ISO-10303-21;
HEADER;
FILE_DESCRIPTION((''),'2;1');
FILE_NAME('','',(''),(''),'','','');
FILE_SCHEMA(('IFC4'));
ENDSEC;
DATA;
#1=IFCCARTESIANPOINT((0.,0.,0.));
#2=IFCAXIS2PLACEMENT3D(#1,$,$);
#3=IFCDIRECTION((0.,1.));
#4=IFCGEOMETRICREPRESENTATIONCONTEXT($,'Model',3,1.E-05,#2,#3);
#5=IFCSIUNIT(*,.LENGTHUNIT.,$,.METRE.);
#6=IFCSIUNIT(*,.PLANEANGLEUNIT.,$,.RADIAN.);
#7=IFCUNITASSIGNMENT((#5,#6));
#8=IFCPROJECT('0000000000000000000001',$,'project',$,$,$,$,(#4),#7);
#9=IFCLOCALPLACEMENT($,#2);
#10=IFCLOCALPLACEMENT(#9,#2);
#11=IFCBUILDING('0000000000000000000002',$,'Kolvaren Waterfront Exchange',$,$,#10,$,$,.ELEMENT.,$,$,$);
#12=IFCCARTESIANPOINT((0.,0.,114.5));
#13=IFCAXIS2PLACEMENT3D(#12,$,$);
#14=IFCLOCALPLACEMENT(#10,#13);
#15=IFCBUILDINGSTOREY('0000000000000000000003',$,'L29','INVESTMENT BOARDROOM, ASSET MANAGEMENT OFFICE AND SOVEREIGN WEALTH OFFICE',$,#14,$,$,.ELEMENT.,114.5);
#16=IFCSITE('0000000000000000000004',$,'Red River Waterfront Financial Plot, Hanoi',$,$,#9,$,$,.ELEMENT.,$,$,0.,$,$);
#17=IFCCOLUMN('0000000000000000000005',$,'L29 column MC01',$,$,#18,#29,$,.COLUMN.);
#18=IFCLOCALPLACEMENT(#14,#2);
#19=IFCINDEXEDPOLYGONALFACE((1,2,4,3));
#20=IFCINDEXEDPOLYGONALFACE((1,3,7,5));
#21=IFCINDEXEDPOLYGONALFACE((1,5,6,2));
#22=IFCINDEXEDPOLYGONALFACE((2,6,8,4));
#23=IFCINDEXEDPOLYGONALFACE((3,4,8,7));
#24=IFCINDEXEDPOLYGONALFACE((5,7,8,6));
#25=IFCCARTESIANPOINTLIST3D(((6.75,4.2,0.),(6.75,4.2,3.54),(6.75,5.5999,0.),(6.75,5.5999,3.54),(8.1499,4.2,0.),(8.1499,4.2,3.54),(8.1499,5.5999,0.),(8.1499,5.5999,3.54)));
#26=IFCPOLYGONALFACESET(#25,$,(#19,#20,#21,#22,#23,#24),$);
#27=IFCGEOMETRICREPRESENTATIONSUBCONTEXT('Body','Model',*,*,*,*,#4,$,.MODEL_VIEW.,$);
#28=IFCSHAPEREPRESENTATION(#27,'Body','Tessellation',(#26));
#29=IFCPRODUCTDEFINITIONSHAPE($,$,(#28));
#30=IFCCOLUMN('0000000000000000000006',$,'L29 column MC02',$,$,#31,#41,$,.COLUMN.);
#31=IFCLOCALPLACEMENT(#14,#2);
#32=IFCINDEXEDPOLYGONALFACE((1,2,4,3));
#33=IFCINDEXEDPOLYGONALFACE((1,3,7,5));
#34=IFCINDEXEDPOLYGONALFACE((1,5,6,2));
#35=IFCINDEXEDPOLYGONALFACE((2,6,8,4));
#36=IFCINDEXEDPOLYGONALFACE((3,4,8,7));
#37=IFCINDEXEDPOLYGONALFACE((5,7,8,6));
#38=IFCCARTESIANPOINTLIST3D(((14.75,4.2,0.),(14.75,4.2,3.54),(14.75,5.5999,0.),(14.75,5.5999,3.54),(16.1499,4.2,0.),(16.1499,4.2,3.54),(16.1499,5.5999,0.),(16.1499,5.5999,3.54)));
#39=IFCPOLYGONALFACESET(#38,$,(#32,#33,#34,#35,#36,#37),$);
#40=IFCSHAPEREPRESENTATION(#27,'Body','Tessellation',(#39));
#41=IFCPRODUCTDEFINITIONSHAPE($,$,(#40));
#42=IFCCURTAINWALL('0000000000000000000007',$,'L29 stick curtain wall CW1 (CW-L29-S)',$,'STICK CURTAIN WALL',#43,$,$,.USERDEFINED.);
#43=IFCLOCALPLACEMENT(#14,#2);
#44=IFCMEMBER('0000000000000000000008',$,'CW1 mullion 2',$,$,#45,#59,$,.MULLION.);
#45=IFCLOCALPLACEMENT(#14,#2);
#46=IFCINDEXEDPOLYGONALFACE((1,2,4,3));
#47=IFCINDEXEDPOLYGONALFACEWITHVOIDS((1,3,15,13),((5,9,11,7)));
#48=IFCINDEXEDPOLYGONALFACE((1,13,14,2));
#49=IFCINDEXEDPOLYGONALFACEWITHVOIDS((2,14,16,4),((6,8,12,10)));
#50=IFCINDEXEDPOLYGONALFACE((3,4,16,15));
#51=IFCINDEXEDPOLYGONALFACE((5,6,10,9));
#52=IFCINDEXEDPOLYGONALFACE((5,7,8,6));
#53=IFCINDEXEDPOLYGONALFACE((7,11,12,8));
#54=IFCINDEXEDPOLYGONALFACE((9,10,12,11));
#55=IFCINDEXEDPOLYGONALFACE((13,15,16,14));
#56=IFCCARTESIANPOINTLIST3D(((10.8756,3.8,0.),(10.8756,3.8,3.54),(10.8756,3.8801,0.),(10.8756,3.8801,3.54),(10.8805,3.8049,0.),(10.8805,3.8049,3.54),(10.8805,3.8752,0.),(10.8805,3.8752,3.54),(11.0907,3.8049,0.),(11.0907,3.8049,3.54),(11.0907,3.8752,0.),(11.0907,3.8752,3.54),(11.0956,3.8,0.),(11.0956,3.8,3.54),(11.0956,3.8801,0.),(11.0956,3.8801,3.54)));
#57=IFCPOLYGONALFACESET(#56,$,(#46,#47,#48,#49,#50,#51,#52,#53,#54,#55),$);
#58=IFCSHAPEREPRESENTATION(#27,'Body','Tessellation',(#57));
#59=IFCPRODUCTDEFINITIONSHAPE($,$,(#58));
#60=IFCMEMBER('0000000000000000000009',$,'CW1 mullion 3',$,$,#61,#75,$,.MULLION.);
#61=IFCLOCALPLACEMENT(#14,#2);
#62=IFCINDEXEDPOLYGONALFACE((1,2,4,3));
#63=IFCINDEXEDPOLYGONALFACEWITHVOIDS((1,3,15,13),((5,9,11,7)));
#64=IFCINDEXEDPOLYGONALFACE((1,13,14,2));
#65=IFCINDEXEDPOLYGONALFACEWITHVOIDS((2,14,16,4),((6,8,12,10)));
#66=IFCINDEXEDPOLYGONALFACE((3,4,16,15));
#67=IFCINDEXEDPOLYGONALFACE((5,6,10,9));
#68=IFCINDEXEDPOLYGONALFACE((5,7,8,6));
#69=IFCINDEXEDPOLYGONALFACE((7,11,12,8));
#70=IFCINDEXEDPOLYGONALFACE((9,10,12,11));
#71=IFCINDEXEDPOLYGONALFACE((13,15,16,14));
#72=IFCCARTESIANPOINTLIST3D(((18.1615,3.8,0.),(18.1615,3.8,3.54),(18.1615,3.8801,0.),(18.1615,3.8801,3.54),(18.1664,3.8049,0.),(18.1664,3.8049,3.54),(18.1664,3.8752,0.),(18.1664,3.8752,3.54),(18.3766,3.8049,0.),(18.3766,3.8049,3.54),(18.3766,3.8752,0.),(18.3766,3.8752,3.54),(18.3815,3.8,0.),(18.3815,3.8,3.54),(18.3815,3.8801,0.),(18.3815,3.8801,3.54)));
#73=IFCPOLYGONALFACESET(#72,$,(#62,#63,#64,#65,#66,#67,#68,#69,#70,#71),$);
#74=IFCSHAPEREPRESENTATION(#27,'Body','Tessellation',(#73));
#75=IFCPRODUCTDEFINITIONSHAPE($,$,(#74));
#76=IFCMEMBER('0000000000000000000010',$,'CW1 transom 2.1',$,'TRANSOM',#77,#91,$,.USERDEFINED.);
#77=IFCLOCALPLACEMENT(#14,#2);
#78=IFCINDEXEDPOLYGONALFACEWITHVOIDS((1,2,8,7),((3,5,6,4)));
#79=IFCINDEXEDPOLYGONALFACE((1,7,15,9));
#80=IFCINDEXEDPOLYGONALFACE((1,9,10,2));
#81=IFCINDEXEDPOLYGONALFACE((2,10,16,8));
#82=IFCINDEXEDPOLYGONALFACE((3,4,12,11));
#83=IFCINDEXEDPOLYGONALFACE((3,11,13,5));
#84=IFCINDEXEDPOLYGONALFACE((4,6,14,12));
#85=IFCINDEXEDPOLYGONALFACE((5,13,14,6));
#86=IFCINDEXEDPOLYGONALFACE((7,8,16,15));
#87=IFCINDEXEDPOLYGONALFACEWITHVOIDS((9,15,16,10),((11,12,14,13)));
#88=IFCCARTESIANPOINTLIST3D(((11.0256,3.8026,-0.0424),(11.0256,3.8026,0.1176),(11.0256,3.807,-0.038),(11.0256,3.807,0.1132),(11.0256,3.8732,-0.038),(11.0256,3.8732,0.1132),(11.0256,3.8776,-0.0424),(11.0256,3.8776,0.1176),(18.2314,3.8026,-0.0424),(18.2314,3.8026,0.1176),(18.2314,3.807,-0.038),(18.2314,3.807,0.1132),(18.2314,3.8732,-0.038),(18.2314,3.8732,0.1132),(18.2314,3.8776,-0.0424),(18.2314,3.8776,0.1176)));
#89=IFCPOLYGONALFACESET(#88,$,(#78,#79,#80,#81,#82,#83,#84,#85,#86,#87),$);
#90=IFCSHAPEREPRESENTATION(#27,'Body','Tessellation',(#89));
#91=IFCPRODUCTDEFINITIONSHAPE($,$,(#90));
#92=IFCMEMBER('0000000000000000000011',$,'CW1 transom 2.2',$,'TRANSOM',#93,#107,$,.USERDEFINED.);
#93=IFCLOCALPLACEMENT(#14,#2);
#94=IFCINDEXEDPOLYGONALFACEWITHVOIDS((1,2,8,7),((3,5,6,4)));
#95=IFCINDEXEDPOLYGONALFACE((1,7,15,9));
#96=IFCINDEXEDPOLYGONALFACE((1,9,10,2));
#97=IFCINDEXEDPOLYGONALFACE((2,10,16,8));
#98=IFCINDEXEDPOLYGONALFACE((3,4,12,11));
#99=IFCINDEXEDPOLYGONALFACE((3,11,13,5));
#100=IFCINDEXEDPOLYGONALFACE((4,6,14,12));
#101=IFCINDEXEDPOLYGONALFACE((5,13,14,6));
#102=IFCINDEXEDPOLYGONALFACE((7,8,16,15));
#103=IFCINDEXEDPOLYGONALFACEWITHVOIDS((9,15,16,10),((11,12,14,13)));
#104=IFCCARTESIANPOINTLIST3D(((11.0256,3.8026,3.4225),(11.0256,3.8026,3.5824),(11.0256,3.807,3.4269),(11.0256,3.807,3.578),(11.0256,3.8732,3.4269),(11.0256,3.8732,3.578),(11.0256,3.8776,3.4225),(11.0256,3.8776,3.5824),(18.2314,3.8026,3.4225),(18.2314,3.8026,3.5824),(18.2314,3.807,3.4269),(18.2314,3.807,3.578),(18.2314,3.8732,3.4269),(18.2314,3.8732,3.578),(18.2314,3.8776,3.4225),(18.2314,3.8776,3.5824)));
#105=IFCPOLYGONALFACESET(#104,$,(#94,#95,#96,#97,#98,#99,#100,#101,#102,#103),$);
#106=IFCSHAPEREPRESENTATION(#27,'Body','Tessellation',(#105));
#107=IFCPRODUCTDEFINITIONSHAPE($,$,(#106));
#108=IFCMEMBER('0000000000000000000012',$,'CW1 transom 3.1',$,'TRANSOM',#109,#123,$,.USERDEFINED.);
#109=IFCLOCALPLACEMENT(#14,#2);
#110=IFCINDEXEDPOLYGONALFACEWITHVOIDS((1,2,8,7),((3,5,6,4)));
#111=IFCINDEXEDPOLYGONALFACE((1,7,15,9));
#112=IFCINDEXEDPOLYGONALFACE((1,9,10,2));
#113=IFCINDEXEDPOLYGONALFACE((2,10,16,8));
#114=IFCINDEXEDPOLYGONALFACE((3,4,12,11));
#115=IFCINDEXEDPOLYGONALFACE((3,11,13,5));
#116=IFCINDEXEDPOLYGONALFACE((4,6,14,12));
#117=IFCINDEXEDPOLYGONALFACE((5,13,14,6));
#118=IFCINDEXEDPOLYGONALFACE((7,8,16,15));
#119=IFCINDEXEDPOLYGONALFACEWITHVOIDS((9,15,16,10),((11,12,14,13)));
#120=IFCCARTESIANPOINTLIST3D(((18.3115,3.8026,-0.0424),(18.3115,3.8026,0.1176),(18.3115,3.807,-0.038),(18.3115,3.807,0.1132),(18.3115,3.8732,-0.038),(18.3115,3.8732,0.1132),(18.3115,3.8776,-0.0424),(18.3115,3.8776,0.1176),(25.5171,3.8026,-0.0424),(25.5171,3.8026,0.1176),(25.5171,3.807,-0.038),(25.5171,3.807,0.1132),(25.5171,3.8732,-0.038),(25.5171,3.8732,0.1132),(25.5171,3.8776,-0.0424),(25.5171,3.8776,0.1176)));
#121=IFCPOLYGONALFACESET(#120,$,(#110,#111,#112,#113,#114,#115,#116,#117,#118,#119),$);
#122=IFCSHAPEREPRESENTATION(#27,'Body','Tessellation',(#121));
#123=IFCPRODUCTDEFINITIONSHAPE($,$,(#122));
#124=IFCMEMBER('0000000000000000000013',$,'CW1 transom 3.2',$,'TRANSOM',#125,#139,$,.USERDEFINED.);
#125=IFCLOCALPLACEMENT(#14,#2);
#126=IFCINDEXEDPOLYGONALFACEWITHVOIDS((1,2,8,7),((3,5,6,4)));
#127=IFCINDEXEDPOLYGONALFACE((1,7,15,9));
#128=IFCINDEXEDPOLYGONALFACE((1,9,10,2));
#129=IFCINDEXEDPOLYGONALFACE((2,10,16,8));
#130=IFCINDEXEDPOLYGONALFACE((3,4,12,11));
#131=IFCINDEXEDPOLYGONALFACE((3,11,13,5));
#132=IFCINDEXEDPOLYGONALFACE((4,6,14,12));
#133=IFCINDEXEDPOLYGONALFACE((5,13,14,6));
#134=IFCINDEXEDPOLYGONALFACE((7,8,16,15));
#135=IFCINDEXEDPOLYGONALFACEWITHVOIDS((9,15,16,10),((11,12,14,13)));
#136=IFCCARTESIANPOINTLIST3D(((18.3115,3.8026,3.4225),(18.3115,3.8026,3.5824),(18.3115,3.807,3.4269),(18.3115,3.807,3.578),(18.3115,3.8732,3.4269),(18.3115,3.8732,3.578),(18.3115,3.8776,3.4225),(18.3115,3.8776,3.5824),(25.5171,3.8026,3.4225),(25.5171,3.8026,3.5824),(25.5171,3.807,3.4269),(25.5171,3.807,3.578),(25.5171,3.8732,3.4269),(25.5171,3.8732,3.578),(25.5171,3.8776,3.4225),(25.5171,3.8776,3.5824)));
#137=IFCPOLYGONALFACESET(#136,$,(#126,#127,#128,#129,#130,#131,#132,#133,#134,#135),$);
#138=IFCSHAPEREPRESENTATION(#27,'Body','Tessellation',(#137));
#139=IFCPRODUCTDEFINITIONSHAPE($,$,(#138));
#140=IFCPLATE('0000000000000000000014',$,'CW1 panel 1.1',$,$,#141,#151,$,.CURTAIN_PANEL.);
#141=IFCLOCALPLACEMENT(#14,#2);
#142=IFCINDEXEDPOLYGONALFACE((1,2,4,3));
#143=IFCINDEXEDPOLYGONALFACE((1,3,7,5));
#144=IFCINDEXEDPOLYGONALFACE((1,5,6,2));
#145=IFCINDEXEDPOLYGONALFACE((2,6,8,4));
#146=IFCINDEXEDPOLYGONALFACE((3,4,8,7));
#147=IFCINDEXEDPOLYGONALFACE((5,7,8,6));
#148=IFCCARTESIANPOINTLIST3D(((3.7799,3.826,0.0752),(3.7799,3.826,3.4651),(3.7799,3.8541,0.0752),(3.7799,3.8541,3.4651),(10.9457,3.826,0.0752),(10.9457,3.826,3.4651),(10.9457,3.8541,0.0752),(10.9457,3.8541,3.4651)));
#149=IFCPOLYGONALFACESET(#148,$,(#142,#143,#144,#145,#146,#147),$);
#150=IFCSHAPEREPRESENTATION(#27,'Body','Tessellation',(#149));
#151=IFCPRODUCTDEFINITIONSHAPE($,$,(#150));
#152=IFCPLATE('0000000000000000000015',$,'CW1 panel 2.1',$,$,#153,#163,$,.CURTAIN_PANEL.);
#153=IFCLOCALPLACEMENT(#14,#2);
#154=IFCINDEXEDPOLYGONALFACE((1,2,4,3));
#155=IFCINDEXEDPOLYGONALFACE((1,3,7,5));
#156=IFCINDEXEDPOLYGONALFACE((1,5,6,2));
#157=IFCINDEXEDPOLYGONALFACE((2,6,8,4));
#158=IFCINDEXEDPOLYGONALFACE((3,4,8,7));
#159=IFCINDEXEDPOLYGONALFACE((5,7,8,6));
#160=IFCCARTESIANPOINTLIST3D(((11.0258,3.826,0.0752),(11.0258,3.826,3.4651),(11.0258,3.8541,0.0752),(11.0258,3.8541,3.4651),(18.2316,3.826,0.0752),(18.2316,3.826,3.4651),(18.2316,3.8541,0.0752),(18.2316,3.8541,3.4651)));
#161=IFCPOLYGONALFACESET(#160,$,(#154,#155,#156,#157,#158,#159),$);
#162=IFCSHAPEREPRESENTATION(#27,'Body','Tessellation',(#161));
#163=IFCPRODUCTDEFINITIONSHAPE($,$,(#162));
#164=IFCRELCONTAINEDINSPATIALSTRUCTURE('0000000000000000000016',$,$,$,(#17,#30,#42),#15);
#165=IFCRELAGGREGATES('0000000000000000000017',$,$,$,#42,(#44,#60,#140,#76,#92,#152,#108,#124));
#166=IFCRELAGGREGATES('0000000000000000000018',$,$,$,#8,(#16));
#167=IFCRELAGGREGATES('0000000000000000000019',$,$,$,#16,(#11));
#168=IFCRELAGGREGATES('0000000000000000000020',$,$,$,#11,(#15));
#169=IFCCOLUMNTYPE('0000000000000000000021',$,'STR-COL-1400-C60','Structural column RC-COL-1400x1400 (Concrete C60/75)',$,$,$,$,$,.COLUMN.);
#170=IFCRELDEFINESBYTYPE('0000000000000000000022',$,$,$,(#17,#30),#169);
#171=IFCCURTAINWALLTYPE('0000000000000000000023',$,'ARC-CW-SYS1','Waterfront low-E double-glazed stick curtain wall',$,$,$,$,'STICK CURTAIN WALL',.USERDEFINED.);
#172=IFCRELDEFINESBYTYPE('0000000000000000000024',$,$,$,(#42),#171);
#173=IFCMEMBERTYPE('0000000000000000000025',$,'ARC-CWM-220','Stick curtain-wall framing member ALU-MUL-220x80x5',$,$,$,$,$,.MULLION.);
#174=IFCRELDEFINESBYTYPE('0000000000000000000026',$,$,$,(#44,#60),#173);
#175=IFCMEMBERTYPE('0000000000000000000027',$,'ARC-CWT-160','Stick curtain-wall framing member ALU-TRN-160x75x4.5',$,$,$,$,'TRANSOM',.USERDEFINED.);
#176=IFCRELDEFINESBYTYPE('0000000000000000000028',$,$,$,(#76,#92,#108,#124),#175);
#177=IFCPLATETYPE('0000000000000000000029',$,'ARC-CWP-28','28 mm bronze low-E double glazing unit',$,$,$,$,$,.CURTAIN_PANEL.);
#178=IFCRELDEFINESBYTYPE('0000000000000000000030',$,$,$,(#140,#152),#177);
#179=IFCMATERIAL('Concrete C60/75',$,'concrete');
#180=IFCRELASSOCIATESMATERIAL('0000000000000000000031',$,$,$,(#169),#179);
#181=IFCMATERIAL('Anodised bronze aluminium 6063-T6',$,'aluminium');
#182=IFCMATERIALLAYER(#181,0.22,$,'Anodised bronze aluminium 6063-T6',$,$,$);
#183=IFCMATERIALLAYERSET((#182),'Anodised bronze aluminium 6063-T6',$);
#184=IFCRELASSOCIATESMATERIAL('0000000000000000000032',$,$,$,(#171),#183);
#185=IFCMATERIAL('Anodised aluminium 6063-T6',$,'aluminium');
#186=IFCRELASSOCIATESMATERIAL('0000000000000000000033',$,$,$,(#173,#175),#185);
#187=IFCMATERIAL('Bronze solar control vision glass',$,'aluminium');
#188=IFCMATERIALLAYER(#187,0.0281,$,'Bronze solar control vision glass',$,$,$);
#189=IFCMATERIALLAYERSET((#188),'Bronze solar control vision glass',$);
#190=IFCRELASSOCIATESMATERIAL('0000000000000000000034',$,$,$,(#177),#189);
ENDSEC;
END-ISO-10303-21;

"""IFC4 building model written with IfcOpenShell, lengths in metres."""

from ifc_helpers import new_model, si_unit, direction, frame, origin, origin_with_axes, origin_2d, place, context, subcontext, project, spatial, rectangle, hollow_rectangle, extrude, source, transform, mapped, material, layer, layer_set, material_profile, profile_set, type_object, element, aggregate, save


model = new_model("IFC4")

# Units and contexts
model_context = context("Model", 3, precision=1e-05, world=origin(), true_north=direction((0.0, 1.0)))
body_context = subcontext(model_context, "Body", "Model", "MODEL_VIEW")
ifc_project = project(units=[si_unit("LENGTHUNIT", "METRE"), si_unit("PLANEANGLEUNIT", "RADIAN")], contexts=[model_context])

# Site, building, storey
site_placement = place(None, origin())
site = spatial("IfcSite", under=ifc_project, at=site_placement, Name="Red River Waterfront Financial Plot, Hanoi", CompositionType="ELEMENT", RefElevation=0.0)
building_placement = place(site_placement, origin())
building = spatial("IfcBuilding", under=site, at=building_placement, Name="Kolvaren Waterfront Exchange", CompositionType="ELEMENT")
storey_placement = place(building_placement, frame((0.0, 0.0, 114.5)))
storey = spatial("IfcBuildingStorey", under=building, at=storey_placement, Name="L29", Description="INVESTMENT BOARDROOM, ASSET MANAGEMENT OFFICE AND SOVEREIGN WEALTH OFFICE", CompositionType="ELEMENT", Elevation=114.5)

# Columns
ifc_material_1 = material(Name="Concrete C60/75", Category="concrete")
ifc_material_profile_1 = material_profile(ifc_material_1, rectangle(XDim=1.3999, YDim=1.3999, at=origin_2d()), Name="RC-COL-1400x1400")
ifc_profile_set_1 = profile_set([ifc_material_profile_1], Name="Concrete C60/75")
column_type = type_object("IfcColumnType", Name="STR-COL-1400-C60", Description="Structural column RC-COL-1400x1400 (Concrete C60/75)", PredefinedType="COLUMN", material=ifc_profile_set_1)
for number, where, z_axis, x_axis, name in (
    (1, (7.45, 4.8999, 0.0), (0.0, 0.0, 1.0), (1.0, 0.0, 0.0), "L29 column MC01"),
    (2, (15.45, 4.8999, 0.0), (0.0, 0.0, 1.0), (1.0, 0.0, 0.0), "L29 column MC02"),
):
    element("IfcColumn", number, at=place(storey_placement, frame(where, z_axis=z_axis, x_axis=x_axis)), inside=storey, type_object=column_type, Name=name, PredefinedType="COLUMN", context=body_context, shape_type="SweptSolid", body=[
        extrude(rectangle(XDim=1.3999, YDim=1.3999, at=origin_2d()), origin(), (0.0, 0.0, 1.0), 3.54),
    ])

# Curtain wall, members, plates
ifc_material_2 = material(Name="Anodised bronze aluminium 6063-T6", Category="aluminium")
ifc_layer_1 = layer(ifc_material_2, 0.22, Name="Anodised bronze aluminium 6063-T6")
ifc_layer_set_1 = layer_set([ifc_layer_1], Name="Anodised bronze aluminium 6063-T6")
curtain_wall_type = type_object("IfcCurtainWallType", Name="ARC-CW-SYS1", Description="Waterfront low-E double-glazed stick curtain wall", ElementType="STICK CURTAIN WALL", PredefinedType="USERDEFINED", material=ifc_layer_set_1)
curtain_wall_placement = place(storey_placement, origin())
curtain_wall = element("IfcCurtainWall", 3, at=curtain_wall_placement, inside=storey, type_object=curtain_wall_type, Name="L29 stick curtain wall CW1 (CW-L29-S)", ObjectType="STICK CURTAIN WALL", PredefinedType="USERDEFINED")
ifc_material_3 = material(Name="Anodised aluminium 6063-T6", Category="aluminium")
ifc_material_profile_2 = material_profile(ifc_material_3, hollow_rectangle(XDim=0.0801, YDim=0.22, WallThickness=0.0049, at=origin_2d()), Name="ALU-MUL-220x80x5")
ifc_profile_set_2 = profile_set([ifc_material_profile_2], Name="Anodised aluminium 6063-T6")
member_type_1 = type_object("IfcMemberType", Name="ARC-CWM-220", Description="Stick curtain-wall framing member ALU-MUL-220x80x5", PredefinedType="MULLION", material=ifc_profile_set_2)
shared_shape_1 = source(origin_with_axes(), body_context, "Body", "SweptSolid", [
    extrude(hollow_rectangle(XDim=0.0801, YDim=0.22, WallThickness=0.0049, at=origin_2d()), origin(), (0.0, 0.0, 1.0), 3.54),
])
member_1_placement = place(storey_placement, frame((10.9856, 3.8401, 0.0), z_axis=(0.0, 0.0, 1.0), x_axis=(0.0, 1.0, 0.0)))
member_1 = element("IfcMember", 4, at=member_1_placement, type_object=member_type_1, Name="CW1 mullion 2", PredefinedType="MULLION", context=body_context, shape_type="MappedRepresentation", body=[
    mapped(shared_shape_1, transform((0.0, 0.0, 0.0), x_axis=(1.0, 0.0, 0.0), y_axis=(0.0, 1.0, 0.0), z_axis=(0.0, 0.0, 1.0), scale=1.0)),
])
member_2_placement = place(storey_placement, frame((18.2715, 3.8401, 0.0), z_axis=(0.0, 0.0, 1.0), x_axis=(0.0, 1.0, 0.0)))
member_2 = element("IfcMember", 5, at=member_2_placement, type_object=member_type_1, Name="CW1 mullion 3", PredefinedType="MULLION", context=body_context, shape_type="MappedRepresentation", body=[
    mapped(shared_shape_1, transform((0.0, 0.0, 0.0), x_axis=(1.0, 0.0, 0.0), y_axis=(0.0, 1.0, 0.0), z_axis=(0.0, 0.0, 1.0), scale=1.0)),
])
ifc_material_profile_3 = material_profile(ifc_material_3, hollow_rectangle(XDim=0.075, YDim=0.1599, WallThickness=0.0044, at=origin_2d()), Name="ALU-TRN-160x75x4.5")
ifc_profile_set_3 = profile_set([ifc_material_profile_3], Name="Anodised aluminium 6063-T6")
member_type_2 = type_object("IfcMemberType", Name="ARC-CWT-160", Description="Stick curtain-wall framing member ALU-TRN-160x75x4.5", ElementType="TRANSOM", PredefinedType="USERDEFINED", material=ifc_profile_set_3)
shared_shape_2 = source(origin_with_axes(), body_context, "Body", "SweptSolid", [
    extrude(hollow_rectangle(XDim=0.075, YDim=0.1599, WallThickness=0.0044, at=origin_2d()), origin(), (0.0, 0.0, 1.0), 7.2058),
])
member_3_placement = place(storey_placement, frame((11.0256, 3.8401, 0.0376), z_axis=(1.0, 0.0, 0.0), x_axis=(0.0, 1.0, 0.0)))
member_3 = element("IfcMember", 6, at=member_3_placement, type_object=member_type_2, Name="CW1 transom 2.1", ObjectType="TRANSOM", PredefinedType="USERDEFINED", context=body_context, shape_type="MappedRepresentation", body=[
    mapped(shared_shape_2, transform((0.0, 0.0, 0.0), x_axis=(1.0, 0.0, 0.0), y_axis=(0.0, 1.0, 0.0), z_axis=(0.0, 0.0, 1.0), scale=1.0)),
])
member_4_placement = place(storey_placement, frame((11.0256, 3.8401, 3.5024), z_axis=(1.0, 0.0, 0.0), x_axis=(0.0, 1.0, 0.0)))
member_4 = element("IfcMember", 7, at=member_4_placement, type_object=member_type_2, Name="CW1 transom 2.2", ObjectType="TRANSOM", PredefinedType="USERDEFINED", context=body_context, shape_type="MappedRepresentation", body=[
    mapped(shared_shape_2, transform((0.0, 0.0, 0.0), x_axis=(1.0, 0.0, 0.0), y_axis=(0.0, 1.0, 0.0), z_axis=(0.0, 0.0, 1.0), scale=1.0)),
])
shared_shape_3 = source(origin_with_axes(), body_context, "Body", "SweptSolid", [
    extrude(hollow_rectangle(XDim=0.075, YDim=0.1599, WallThickness=0.0044, at=origin_2d()), origin(), (0.0, 0.0, 1.0), 7.2056),
])
member_5_placement = place(storey_placement, frame((18.3115, 3.8401, 0.0376), z_axis=(1.0, 0.0, 0.0), x_axis=(0.0, 1.0, 0.0)))
member_5 = element("IfcMember", 8, at=member_5_placement, type_object=member_type_2, Name="CW1 transom 3.1", ObjectType="TRANSOM", PredefinedType="USERDEFINED", context=body_context, shape_type="MappedRepresentation", body=[
    mapped(shared_shape_3, transform((0.0, 0.0, 0.0), x_axis=(1.0, 0.0, 0.0), y_axis=(0.0, 1.0, 0.0), z_axis=(0.0, 0.0, 1.0), scale=1.0)),
])
member_6_placement = place(storey_placement, frame((18.3115, 3.8401, 3.5024), z_axis=(1.0, 0.0, 0.0), x_axis=(0.0, 1.0, 0.0)))
member_6 = element("IfcMember", 9, at=member_6_placement, type_object=member_type_2, Name="CW1 transom 3.2", ObjectType="TRANSOM", PredefinedType="USERDEFINED", context=body_context, shape_type="MappedRepresentation", body=[
    mapped(shared_shape_3, transform((0.0, 0.0, 0.0), x_axis=(1.0, 0.0, 0.0), y_axis=(0.0, 1.0, 0.0), z_axis=(0.0, 0.0, 1.0), scale=1.0)),
])
ifc_material_4 = material(Name="Bronze solar control vision glass", Category="aluminium")
ifc_layer_2 = layer(ifc_material_4, 0.0281, Name="Bronze solar control vision glass")
ifc_layer_set_2 = layer_set([ifc_layer_2], Name="Bronze solar control vision glass")
plate_type = type_object("IfcPlateType", Name="ARC-CWP-28", Description="28 mm bronze low-E double glazing unit", PredefinedType="CURTAIN_PANEL", material=ifc_layer_set_2)
shared_shape_4 = source(origin_with_axes(), body_context, "Body", "SweptSolid", [
    extrude(rectangle(XDim=7.1658, YDim=0.0281, at=origin_2d()), origin(), (0.0, 0.0, 1.0), 3.3899),
])
plate_1_placement = place(storey_placement, frame((7.3628, 3.8401, 0.0752), z_axis=(0.0, 0.0, 1.0), x_axis=(1.0, 0.0, 0.0)))
plate_1 = element("IfcPlate", 10, at=plate_1_placement, type_object=plate_type, Name="CW1 panel 1.1", PredefinedType="CURTAIN_PANEL", context=body_context, shape_type="MappedRepresentation", body=[
    mapped(shared_shape_4, transform((0.0, 0.0, 0.0), x_axis=(1.0, 0.0, 0.0), y_axis=(0.0, 1.0, 0.0), z_axis=(0.0, 0.0, 1.0), scale=1.0)),
])
shared_shape_5 = source(origin_with_axes(), body_context, "Body", "SweptSolid", [
    extrude(rectangle(XDim=7.2058, YDim=0.0281, at=origin_2d()), origin(), (0.0, 0.0, 1.0), 3.3899),
])
plate_2_placement = place(storey_placement, frame((14.6287, 3.8401, 0.0752), z_axis=(0.0, 0.0, 1.0), x_axis=(1.0, 0.0, 0.0)))
plate_2 = element("IfcPlate", 11, at=plate_2_placement, type_object=plate_type, Name="CW1 panel 2.1", PredefinedType="CURTAIN_PANEL", context=body_context, shape_type="MappedRepresentation", body=[
    mapped(shared_shape_5, transform((0.0, 0.0, 0.0), x_axis=(1.0, 0.0, 0.0), y_axis=(0.0, 1.0, 0.0), z_axis=(0.0, 0.0, 1.0), scale=1.0)),
])
aggregate(curtain_wall, [member_1, member_2, plate_1, member_3, member_4, plate_2, member_5, member_6])

save(model, "model.ifc")
